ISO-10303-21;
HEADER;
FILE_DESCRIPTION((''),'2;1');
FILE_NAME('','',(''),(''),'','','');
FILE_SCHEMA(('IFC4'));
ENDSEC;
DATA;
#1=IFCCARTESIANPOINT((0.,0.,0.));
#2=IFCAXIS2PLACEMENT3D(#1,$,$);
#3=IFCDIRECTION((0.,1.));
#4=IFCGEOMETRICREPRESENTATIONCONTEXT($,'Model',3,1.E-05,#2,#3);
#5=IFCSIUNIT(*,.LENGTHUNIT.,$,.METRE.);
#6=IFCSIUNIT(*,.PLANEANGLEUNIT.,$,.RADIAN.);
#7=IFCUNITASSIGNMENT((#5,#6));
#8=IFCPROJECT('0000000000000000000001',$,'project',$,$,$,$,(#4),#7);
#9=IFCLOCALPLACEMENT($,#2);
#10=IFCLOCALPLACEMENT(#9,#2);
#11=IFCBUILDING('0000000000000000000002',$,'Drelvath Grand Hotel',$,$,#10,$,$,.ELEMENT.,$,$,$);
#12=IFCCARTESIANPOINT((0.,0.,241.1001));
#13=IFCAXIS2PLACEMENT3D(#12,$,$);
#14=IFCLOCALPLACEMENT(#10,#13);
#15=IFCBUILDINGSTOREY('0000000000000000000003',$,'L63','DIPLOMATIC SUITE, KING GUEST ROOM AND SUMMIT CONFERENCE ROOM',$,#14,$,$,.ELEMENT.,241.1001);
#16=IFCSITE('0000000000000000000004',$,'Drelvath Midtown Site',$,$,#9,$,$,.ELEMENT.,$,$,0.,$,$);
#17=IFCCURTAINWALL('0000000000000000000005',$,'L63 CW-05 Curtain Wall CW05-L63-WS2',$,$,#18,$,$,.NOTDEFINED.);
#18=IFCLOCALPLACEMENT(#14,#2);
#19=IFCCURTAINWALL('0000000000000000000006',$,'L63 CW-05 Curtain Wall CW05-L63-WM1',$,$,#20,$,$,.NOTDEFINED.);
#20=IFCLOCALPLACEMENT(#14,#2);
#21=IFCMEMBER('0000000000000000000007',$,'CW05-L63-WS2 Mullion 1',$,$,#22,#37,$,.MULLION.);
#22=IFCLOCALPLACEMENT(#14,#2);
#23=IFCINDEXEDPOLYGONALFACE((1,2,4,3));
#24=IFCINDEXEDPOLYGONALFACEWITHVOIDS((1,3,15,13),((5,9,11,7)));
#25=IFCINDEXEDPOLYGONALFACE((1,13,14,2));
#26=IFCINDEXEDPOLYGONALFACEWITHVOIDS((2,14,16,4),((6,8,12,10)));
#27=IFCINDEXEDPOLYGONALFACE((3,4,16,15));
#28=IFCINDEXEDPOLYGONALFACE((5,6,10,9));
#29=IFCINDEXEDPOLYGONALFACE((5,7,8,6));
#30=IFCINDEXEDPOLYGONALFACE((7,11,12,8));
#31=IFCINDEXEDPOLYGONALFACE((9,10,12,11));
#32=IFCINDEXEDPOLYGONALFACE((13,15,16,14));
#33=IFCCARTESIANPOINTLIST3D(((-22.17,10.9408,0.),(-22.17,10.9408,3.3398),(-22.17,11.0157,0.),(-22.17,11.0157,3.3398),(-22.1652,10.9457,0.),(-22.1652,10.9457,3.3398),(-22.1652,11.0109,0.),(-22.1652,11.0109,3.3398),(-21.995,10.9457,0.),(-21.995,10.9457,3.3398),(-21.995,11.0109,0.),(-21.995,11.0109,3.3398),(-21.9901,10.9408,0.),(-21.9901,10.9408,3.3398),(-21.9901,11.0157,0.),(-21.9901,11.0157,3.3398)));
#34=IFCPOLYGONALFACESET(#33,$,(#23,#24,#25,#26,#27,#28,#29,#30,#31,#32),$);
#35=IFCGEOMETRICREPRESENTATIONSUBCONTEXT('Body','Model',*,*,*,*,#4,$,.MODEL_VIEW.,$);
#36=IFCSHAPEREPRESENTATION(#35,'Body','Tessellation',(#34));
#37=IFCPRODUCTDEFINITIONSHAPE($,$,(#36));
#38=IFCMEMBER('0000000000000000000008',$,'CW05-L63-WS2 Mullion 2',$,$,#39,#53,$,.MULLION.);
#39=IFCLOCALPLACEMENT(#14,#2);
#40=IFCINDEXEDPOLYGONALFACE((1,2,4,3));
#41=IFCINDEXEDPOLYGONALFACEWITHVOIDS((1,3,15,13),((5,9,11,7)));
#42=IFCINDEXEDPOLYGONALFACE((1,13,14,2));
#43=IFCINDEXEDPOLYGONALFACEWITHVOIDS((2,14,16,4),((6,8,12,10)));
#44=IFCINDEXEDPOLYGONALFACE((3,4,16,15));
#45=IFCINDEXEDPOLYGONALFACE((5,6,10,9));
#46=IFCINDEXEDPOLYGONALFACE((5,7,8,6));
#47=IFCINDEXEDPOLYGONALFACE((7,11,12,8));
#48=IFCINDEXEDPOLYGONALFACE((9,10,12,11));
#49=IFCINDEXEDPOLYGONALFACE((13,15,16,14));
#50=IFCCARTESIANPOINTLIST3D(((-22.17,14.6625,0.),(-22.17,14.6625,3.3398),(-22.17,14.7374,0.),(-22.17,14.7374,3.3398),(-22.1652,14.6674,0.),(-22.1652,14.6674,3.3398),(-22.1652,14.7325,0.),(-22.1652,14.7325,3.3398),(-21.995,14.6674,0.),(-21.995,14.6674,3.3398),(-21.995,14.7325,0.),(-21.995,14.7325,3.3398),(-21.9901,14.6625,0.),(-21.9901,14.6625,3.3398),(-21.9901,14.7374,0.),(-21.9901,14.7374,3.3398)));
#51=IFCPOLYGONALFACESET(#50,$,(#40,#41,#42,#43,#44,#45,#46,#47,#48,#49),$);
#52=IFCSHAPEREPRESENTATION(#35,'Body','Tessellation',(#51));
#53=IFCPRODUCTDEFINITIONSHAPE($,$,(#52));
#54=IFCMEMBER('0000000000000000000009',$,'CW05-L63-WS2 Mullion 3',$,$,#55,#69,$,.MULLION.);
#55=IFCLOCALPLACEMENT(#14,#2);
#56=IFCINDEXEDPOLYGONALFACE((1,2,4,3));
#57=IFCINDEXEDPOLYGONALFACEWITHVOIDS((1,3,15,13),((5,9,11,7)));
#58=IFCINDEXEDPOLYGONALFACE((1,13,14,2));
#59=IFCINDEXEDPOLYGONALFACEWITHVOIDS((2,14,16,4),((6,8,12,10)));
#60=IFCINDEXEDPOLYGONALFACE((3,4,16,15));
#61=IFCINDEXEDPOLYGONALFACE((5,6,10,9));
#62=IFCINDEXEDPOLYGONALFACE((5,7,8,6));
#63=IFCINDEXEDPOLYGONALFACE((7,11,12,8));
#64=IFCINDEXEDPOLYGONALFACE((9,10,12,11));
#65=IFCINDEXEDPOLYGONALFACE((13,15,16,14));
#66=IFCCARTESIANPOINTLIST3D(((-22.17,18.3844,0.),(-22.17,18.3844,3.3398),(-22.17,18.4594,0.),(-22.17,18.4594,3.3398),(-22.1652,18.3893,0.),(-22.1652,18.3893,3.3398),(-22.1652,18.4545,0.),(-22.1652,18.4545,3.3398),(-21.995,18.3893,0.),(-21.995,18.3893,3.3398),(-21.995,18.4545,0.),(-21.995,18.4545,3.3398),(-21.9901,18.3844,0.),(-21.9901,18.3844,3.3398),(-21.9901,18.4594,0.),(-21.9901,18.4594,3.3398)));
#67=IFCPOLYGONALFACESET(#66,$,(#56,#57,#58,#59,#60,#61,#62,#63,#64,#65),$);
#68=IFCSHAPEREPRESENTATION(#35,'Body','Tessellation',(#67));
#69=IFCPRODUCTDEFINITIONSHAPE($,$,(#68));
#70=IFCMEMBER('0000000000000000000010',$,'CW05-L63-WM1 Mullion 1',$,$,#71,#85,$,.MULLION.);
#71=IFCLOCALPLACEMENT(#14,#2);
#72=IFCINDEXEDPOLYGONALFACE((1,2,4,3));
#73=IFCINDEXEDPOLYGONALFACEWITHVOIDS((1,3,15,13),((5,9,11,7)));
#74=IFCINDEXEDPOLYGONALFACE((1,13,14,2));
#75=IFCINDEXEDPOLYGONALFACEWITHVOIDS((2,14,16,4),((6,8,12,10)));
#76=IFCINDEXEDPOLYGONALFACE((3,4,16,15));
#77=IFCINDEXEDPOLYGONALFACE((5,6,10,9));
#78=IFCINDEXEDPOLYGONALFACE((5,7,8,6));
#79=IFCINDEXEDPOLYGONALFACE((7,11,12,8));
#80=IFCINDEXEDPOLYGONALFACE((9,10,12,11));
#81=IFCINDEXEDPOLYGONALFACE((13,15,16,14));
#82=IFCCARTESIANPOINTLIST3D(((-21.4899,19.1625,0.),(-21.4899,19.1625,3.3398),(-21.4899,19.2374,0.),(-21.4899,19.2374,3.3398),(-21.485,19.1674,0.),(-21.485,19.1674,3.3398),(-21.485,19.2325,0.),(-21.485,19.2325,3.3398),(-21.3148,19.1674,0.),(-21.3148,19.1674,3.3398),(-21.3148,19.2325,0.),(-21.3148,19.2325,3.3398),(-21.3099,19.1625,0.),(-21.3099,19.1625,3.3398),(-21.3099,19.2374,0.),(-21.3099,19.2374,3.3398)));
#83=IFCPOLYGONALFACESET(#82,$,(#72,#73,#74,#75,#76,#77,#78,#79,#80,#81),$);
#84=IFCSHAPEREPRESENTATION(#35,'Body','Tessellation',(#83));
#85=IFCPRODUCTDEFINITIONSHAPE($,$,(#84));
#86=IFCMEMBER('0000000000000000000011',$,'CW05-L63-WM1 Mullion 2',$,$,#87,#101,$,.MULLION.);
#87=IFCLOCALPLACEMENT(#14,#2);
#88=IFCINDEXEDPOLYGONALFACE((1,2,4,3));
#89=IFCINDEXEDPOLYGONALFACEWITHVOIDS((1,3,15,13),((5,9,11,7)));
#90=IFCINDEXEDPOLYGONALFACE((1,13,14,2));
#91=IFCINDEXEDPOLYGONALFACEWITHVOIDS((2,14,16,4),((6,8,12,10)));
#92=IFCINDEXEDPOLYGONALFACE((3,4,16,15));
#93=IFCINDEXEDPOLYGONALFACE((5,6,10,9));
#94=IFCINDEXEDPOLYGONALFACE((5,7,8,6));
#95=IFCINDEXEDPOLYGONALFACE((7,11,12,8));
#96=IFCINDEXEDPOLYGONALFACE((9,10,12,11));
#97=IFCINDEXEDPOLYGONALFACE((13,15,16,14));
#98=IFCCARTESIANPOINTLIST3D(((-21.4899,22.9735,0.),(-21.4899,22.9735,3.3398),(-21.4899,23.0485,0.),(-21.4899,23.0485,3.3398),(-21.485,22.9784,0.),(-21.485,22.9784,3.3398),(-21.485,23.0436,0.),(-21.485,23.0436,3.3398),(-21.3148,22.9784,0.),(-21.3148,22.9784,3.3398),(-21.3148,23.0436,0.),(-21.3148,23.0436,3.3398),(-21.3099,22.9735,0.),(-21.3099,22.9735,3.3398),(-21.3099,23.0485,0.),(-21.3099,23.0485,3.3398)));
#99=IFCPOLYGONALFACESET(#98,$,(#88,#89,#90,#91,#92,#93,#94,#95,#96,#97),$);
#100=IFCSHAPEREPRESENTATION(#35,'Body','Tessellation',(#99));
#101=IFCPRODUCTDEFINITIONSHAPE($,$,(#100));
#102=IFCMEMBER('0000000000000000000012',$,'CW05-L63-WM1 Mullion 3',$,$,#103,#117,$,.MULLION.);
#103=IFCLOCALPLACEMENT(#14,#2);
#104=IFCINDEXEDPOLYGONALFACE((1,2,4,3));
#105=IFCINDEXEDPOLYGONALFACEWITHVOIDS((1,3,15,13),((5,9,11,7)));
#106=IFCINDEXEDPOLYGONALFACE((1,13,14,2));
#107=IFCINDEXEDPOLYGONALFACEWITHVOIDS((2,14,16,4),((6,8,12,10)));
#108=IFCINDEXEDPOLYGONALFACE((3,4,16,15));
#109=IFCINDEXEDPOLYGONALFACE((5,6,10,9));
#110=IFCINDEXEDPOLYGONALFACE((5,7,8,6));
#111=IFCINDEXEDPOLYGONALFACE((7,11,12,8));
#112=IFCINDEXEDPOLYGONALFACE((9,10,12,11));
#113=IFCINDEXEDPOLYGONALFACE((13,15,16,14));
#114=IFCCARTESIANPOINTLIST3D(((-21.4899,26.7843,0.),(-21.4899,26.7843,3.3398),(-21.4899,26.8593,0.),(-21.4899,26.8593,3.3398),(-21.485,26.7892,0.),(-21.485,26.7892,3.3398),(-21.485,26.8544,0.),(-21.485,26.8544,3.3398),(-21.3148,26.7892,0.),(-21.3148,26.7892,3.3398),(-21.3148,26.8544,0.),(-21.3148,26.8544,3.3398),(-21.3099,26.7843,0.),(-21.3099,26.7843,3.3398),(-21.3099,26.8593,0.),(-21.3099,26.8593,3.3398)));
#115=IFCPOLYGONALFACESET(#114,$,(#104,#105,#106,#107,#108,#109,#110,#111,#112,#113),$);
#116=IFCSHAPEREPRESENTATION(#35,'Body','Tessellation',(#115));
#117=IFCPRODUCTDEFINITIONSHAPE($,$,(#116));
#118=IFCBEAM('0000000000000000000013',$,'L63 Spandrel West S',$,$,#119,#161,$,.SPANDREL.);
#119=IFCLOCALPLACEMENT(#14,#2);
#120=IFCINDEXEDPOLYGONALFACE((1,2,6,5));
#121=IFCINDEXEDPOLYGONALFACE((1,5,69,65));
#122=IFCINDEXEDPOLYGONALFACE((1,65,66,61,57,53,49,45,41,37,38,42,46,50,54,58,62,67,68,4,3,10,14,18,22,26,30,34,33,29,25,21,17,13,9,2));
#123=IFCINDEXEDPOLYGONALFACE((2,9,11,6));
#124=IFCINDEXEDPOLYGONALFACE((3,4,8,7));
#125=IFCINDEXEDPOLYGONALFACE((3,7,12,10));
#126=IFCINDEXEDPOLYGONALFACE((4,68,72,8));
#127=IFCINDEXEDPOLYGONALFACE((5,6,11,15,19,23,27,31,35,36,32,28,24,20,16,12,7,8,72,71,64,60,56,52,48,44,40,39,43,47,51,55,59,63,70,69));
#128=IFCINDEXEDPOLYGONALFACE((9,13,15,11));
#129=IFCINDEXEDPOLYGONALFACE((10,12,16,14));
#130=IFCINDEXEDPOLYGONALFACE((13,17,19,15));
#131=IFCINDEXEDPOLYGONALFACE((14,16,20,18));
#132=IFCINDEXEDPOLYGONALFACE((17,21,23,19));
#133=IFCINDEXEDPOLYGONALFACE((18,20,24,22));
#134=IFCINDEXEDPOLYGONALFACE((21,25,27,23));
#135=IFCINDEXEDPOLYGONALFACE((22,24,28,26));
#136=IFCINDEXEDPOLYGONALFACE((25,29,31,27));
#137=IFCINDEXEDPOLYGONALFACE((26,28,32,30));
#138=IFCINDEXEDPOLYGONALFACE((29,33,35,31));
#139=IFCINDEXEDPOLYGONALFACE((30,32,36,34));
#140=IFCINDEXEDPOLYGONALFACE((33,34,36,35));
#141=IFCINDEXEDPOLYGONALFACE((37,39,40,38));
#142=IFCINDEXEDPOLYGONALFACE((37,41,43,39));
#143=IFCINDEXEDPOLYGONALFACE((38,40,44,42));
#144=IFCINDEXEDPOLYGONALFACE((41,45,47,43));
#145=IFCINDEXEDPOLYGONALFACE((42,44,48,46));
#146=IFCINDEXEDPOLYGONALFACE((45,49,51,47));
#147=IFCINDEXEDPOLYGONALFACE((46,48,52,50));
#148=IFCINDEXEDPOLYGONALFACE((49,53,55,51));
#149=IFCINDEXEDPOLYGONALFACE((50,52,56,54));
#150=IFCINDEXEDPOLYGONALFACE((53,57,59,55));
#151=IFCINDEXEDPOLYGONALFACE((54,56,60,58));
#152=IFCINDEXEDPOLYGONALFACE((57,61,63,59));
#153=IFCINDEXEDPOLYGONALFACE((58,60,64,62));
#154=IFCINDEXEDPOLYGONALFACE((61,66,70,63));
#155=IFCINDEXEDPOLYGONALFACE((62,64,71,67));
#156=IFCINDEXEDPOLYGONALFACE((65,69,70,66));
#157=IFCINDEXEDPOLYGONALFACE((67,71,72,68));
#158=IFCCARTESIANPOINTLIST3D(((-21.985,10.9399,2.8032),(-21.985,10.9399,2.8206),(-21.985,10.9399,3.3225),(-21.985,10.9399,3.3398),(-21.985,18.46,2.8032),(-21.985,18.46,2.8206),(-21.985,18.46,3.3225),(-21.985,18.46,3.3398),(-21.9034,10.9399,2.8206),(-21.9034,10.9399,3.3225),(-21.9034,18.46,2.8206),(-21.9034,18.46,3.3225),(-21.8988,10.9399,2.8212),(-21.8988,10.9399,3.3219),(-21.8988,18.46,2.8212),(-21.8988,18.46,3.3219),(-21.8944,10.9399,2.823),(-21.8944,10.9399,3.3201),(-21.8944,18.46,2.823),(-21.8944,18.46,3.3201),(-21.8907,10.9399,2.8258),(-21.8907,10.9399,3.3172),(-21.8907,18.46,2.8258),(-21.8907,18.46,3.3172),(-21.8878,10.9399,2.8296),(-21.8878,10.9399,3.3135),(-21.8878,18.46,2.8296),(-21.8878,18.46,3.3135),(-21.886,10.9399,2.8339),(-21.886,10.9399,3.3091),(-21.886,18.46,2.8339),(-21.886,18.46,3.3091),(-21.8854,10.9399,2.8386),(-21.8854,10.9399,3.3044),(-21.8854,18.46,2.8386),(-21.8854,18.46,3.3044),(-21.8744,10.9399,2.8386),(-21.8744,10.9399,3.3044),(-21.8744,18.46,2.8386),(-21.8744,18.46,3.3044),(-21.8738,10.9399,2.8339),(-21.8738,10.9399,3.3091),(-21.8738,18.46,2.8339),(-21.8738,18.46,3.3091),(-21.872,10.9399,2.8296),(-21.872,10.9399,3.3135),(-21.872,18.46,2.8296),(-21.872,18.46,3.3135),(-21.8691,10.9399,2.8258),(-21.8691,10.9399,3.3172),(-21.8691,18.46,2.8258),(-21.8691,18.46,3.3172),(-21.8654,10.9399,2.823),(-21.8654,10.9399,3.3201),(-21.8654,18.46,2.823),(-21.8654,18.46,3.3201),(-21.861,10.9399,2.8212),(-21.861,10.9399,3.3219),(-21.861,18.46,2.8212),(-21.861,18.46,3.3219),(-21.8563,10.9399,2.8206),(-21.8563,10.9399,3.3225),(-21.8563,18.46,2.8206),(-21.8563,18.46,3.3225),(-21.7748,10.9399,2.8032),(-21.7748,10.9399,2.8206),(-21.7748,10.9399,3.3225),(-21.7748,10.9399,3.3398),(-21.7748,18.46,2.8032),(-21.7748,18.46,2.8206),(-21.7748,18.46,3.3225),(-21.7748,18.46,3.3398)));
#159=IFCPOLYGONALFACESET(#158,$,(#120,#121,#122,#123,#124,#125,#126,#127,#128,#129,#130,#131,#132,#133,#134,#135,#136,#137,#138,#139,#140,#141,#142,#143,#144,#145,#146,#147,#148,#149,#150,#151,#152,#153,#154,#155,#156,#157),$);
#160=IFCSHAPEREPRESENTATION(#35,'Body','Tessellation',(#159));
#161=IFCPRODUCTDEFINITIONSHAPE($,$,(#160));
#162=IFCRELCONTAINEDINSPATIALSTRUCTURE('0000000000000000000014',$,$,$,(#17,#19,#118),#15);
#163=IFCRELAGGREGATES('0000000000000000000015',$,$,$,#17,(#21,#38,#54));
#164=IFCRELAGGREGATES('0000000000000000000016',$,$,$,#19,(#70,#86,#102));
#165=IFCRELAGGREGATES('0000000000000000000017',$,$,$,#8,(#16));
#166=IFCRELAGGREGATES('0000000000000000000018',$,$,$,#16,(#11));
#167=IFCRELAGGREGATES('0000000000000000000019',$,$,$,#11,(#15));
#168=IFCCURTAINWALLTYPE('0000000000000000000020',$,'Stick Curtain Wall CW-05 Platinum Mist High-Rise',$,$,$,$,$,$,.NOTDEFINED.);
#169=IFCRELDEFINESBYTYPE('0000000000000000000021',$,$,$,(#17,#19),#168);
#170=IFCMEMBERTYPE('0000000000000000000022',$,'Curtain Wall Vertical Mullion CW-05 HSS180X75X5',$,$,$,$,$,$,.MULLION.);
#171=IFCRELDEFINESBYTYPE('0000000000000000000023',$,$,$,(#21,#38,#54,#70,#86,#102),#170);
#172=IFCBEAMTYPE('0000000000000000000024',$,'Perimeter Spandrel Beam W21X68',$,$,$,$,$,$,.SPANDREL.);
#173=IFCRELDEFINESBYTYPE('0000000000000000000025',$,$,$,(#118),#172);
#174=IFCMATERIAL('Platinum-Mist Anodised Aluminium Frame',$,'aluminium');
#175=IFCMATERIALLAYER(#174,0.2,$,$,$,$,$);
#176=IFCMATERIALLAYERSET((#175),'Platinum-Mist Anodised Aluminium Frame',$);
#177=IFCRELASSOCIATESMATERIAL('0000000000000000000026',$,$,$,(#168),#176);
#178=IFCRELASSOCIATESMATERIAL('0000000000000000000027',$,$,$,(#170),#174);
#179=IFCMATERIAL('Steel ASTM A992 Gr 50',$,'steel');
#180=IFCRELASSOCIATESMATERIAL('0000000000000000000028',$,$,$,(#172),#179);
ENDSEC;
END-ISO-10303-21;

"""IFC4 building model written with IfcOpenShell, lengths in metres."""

from ifc_helpers import new_model, si_unit, direction, frame, origin, origin_2d, place, context, subcontext, project, spatial, hollow_rectangle, i_section, extrude, material, layer, layer_set, material_profile, profile_set, type_object, element, aggregate, save


model = new_model("IFC4")

# Units and contexts
model_context = context("Model", 3, precision=1e-05, world=origin(), true_north=direction((0.0, 1.0)))
body_context = subcontext(model_context, "Body", "Model", "MODEL_VIEW")
ifc_project = project(units=[si_unit("LENGTHUNIT", "METRE"), si_unit("PLANEANGLEUNIT", "RADIAN")], contexts=[model_context])

# Site, building, storey
site_placement = place(None, origin())
site = spatial("IfcSite", under=ifc_project, at=site_placement, Name="Drelvath Midtown Site", CompositionType="ELEMENT", RefElevation=0.0)
building_placement = place(site_placement, origin())
building = spatial("IfcBuilding", under=site, at=building_placement, Name="Drelvath Grand Hotel", CompositionType="ELEMENT")
storey_placement = place(building_placement, frame((0.0, 0.0, 241.1001)))
storey = spatial("IfcBuildingStorey", under=building, at=storey_placement, Name="L63", Description="DIPLOMATIC SUITE, KING GUEST ROOM AND SUMMIT CONFERENCE ROOM", CompositionType="ELEMENT", Elevation=241.1001)

# Shared definitions
ifc_material_1 = material(Name="Steel ASTM A992 Gr 50", Category="steel")

# Curtain walls
ifc_material_2 = material(Name="Platinum-Mist Anodised Aluminium Frame", Category="aluminium")
ifc_layer_1 = layer(ifc_material_2, 0.2)
ifc_layer_set_1 = layer_set([ifc_layer_1], Name="Platinum-Mist Anodised Aluminium Frame")
curtain_wall_type = type_object("IfcCurtainWallType", Name="Stick Curtain Wall CW-05 Platinum Mist High-Rise", PredefinedType="NOTDEFINED", material=ifc_layer_set_1)
curtain_wall_1_placement = place(storey_placement, origin())
curtain_wall_1 = element("IfcCurtainWall", 1, at=curtain_wall_1_placement, inside=storey, type_object=curtain_wall_type, Name="L63 CW-05 Curtain Wall CW05-L63-WS2", PredefinedType="NOTDEFINED")
curtain_wall_2_placement = place(storey_placement, origin())
curtain_wall_2 = element("IfcCurtainWall", 2, at=curtain_wall_2_placement, inside=storey, type_object=curtain_wall_type, Name="L63 CW-05 Curtain Wall CW05-L63-WM1", PredefinedType="NOTDEFINED")

# Members
ifc_material_profile_1 = material_profile(ifc_material_2, hollow_rectangle(XDim=0.075, YDim=0.1799, WallThickness=0.0049, at=origin_2d()), Name="HSS180X75X5")
ifc_profile_set_1 = profile_set([ifc_material_profile_1], Name="Platinum-Mist Anodised Aluminium Frame")
member_type_1 = type_object("IfcMemberType", Name="Curtain Wall Vertical Mullion CW-05 HSS180X75X5", PredefinedType="MULLION", material=ifc_profile_set_1)
member_1_placement = place(storey_placement, frame((-22.0801, 10.9783, 0.0), z_axis=(0.0, 0.0, 1.0), x_axis=(0.0, 1.0, 0.0)))
member_1 = element("IfcMember", 3, at=member_1_placement, type_object=member_type_1, Name="CW05-L63-WS2 Mullion 1", PredefinedType="MULLION", context=body_context, shape_type="SweptSolid", body=[
    extrude(hollow_rectangle(XDim=0.075, YDim=0.1799, WallThickness=0.0049, at=origin_2d()), origin(), (0.0, 0.0, 1.0), 3.3398),
])
member_2_placement = place(storey_placement, frame((-22.0801, 14.7, 0.0), z_axis=(0.0, 0.0, 1.0), x_axis=(0.0, 1.0, 0.0)))
member_2 = element("IfcMember", 4, at=member_2_placement, type_object=member_type_1, Name="CW05-L63-WS2 Mullion 2", PredefinedType="MULLION", context=body_context, shape_type="SweptSolid", body=[
    extrude(hollow_rectangle(XDim=0.075, YDim=0.1799, WallThickness=0.0049, at=origin_2d()), origin(), (0.0, 0.0, 1.0), 3.3398),
])
member_3_placement = place(storey_placement, frame((-22.0801, 18.4219, 0.0), z_axis=(0.0, 0.0, 1.0), x_axis=(0.0, 1.0, 0.0)))
member_3 = element("IfcMember", 5, at=member_3_placement, type_object=member_type_1, Name="CW05-L63-WS2 Mullion 3", PredefinedType="MULLION", context=body_context, shape_type="SweptSolid", body=[
    extrude(hollow_rectangle(XDim=0.075, YDim=0.1799, WallThickness=0.0049, at=origin_2d()), origin(), (0.0, 0.0, 1.0), 3.3398),
])
member_4_placement = place(storey_placement, frame((-21.3999, 19.2, 0.0), z_axis=(0.0, 0.0, 1.0), x_axis=(0.0, 1.0, 0.0)))
member_4 = element("IfcMember", 6, at=member_4_placement, type_object=member_type_1, Name="CW05-L63-WM1 Mullion 1", PredefinedType="MULLION", context=body_context, shape_type="SweptSolid", body=[
    extrude(hollow_rectangle(XDim=0.075, YDim=0.1799, WallThickness=0.0049, at=origin_2d()), origin(), (0.0, 0.0, 1.0), 3.3398),
])
member_5_placement = place(storey_placement, frame((-21.3999, 23.011, 0.0), z_axis=(0.0, 0.0, 1.0), x_axis=(0.0, 1.0, 0.0)))
member_5 = element("IfcMember", 7, at=member_5_placement, type_object=member_type_1, Name="CW05-L63-WM1 Mullion 2", PredefinedType="MULLION", context=body_context, shape_type="SweptSolid", body=[
    extrude(hollow_rectangle(XDim=0.075, YDim=0.1799, WallThickness=0.0049, at=origin_2d()), origin(), (0.0, 0.0, 1.0), 3.3398),
])
member_6_placement = place(storey_placement, frame((-21.3999, 26.8218, 0.0), z_axis=(0.0, 0.0, 1.0), x_axis=(0.0, 1.0, 0.0)))
member_6 = element("IfcMember", 8, at=member_6_placement, type_object=member_type_1, Name="CW05-L63-WM1 Mullion 3", PredefinedType="MULLION", context=body_context, shape_type="SweptSolid", body=[
    extrude(hollow_rectangle(XDim=0.075, YDim=0.1799, WallThickness=0.0049, at=origin_2d()), origin(), (0.0, 0.0, 1.0), 3.3398),
])

# Beam
ifc_material_profile_2 = material_profile(ifc_material_1, i_section(OverallWidth=0.2102, OverallDepth=0.5366, WebThickness=0.011, FlangeThickness=0.0173, FilletRadius=0.0181, at=origin_2d()), Name="W21X68")
ifc_profile_set_2 = profile_set([ifc_material_profile_2], Name="Steel ASTM A992 Gr 50")
beam_type_1 = type_object("IfcBeamType", Name="Perimeter Spandrel Beam W21X68", PredefinedType="SPANDREL", material=ifc_profile_set_2)
beam_1_placement = place(storey_placement, frame((-21.8799, 10.9399, 3.0715), z_axis=(0.0, 1.0, 0.0), x_axis=(-1.0, 0.0, 0.0)))
element("IfcBeam", 9, at=beam_1_placement, inside=storey, type_object=beam_type_1, Name="L63 Spandrel West S", PredefinedType="SPANDREL", context=body_context, shape_type="SweptSolid", body=[
    extrude(i_section(OverallWidth=0.2102, OverallDepth=0.5366, WebThickness=0.011, FlangeThickness=0.0173, FilletRadius=0.0181, at=origin_2d()), origin(), (0.0, 0.0, 1.0), 7.52),
])

aggregate(curtain_wall_1, [member_1, member_2, member_3])
aggregate(curtain_wall_2, [member_4, member_5, member_6])

save(model, "model.ifc")
